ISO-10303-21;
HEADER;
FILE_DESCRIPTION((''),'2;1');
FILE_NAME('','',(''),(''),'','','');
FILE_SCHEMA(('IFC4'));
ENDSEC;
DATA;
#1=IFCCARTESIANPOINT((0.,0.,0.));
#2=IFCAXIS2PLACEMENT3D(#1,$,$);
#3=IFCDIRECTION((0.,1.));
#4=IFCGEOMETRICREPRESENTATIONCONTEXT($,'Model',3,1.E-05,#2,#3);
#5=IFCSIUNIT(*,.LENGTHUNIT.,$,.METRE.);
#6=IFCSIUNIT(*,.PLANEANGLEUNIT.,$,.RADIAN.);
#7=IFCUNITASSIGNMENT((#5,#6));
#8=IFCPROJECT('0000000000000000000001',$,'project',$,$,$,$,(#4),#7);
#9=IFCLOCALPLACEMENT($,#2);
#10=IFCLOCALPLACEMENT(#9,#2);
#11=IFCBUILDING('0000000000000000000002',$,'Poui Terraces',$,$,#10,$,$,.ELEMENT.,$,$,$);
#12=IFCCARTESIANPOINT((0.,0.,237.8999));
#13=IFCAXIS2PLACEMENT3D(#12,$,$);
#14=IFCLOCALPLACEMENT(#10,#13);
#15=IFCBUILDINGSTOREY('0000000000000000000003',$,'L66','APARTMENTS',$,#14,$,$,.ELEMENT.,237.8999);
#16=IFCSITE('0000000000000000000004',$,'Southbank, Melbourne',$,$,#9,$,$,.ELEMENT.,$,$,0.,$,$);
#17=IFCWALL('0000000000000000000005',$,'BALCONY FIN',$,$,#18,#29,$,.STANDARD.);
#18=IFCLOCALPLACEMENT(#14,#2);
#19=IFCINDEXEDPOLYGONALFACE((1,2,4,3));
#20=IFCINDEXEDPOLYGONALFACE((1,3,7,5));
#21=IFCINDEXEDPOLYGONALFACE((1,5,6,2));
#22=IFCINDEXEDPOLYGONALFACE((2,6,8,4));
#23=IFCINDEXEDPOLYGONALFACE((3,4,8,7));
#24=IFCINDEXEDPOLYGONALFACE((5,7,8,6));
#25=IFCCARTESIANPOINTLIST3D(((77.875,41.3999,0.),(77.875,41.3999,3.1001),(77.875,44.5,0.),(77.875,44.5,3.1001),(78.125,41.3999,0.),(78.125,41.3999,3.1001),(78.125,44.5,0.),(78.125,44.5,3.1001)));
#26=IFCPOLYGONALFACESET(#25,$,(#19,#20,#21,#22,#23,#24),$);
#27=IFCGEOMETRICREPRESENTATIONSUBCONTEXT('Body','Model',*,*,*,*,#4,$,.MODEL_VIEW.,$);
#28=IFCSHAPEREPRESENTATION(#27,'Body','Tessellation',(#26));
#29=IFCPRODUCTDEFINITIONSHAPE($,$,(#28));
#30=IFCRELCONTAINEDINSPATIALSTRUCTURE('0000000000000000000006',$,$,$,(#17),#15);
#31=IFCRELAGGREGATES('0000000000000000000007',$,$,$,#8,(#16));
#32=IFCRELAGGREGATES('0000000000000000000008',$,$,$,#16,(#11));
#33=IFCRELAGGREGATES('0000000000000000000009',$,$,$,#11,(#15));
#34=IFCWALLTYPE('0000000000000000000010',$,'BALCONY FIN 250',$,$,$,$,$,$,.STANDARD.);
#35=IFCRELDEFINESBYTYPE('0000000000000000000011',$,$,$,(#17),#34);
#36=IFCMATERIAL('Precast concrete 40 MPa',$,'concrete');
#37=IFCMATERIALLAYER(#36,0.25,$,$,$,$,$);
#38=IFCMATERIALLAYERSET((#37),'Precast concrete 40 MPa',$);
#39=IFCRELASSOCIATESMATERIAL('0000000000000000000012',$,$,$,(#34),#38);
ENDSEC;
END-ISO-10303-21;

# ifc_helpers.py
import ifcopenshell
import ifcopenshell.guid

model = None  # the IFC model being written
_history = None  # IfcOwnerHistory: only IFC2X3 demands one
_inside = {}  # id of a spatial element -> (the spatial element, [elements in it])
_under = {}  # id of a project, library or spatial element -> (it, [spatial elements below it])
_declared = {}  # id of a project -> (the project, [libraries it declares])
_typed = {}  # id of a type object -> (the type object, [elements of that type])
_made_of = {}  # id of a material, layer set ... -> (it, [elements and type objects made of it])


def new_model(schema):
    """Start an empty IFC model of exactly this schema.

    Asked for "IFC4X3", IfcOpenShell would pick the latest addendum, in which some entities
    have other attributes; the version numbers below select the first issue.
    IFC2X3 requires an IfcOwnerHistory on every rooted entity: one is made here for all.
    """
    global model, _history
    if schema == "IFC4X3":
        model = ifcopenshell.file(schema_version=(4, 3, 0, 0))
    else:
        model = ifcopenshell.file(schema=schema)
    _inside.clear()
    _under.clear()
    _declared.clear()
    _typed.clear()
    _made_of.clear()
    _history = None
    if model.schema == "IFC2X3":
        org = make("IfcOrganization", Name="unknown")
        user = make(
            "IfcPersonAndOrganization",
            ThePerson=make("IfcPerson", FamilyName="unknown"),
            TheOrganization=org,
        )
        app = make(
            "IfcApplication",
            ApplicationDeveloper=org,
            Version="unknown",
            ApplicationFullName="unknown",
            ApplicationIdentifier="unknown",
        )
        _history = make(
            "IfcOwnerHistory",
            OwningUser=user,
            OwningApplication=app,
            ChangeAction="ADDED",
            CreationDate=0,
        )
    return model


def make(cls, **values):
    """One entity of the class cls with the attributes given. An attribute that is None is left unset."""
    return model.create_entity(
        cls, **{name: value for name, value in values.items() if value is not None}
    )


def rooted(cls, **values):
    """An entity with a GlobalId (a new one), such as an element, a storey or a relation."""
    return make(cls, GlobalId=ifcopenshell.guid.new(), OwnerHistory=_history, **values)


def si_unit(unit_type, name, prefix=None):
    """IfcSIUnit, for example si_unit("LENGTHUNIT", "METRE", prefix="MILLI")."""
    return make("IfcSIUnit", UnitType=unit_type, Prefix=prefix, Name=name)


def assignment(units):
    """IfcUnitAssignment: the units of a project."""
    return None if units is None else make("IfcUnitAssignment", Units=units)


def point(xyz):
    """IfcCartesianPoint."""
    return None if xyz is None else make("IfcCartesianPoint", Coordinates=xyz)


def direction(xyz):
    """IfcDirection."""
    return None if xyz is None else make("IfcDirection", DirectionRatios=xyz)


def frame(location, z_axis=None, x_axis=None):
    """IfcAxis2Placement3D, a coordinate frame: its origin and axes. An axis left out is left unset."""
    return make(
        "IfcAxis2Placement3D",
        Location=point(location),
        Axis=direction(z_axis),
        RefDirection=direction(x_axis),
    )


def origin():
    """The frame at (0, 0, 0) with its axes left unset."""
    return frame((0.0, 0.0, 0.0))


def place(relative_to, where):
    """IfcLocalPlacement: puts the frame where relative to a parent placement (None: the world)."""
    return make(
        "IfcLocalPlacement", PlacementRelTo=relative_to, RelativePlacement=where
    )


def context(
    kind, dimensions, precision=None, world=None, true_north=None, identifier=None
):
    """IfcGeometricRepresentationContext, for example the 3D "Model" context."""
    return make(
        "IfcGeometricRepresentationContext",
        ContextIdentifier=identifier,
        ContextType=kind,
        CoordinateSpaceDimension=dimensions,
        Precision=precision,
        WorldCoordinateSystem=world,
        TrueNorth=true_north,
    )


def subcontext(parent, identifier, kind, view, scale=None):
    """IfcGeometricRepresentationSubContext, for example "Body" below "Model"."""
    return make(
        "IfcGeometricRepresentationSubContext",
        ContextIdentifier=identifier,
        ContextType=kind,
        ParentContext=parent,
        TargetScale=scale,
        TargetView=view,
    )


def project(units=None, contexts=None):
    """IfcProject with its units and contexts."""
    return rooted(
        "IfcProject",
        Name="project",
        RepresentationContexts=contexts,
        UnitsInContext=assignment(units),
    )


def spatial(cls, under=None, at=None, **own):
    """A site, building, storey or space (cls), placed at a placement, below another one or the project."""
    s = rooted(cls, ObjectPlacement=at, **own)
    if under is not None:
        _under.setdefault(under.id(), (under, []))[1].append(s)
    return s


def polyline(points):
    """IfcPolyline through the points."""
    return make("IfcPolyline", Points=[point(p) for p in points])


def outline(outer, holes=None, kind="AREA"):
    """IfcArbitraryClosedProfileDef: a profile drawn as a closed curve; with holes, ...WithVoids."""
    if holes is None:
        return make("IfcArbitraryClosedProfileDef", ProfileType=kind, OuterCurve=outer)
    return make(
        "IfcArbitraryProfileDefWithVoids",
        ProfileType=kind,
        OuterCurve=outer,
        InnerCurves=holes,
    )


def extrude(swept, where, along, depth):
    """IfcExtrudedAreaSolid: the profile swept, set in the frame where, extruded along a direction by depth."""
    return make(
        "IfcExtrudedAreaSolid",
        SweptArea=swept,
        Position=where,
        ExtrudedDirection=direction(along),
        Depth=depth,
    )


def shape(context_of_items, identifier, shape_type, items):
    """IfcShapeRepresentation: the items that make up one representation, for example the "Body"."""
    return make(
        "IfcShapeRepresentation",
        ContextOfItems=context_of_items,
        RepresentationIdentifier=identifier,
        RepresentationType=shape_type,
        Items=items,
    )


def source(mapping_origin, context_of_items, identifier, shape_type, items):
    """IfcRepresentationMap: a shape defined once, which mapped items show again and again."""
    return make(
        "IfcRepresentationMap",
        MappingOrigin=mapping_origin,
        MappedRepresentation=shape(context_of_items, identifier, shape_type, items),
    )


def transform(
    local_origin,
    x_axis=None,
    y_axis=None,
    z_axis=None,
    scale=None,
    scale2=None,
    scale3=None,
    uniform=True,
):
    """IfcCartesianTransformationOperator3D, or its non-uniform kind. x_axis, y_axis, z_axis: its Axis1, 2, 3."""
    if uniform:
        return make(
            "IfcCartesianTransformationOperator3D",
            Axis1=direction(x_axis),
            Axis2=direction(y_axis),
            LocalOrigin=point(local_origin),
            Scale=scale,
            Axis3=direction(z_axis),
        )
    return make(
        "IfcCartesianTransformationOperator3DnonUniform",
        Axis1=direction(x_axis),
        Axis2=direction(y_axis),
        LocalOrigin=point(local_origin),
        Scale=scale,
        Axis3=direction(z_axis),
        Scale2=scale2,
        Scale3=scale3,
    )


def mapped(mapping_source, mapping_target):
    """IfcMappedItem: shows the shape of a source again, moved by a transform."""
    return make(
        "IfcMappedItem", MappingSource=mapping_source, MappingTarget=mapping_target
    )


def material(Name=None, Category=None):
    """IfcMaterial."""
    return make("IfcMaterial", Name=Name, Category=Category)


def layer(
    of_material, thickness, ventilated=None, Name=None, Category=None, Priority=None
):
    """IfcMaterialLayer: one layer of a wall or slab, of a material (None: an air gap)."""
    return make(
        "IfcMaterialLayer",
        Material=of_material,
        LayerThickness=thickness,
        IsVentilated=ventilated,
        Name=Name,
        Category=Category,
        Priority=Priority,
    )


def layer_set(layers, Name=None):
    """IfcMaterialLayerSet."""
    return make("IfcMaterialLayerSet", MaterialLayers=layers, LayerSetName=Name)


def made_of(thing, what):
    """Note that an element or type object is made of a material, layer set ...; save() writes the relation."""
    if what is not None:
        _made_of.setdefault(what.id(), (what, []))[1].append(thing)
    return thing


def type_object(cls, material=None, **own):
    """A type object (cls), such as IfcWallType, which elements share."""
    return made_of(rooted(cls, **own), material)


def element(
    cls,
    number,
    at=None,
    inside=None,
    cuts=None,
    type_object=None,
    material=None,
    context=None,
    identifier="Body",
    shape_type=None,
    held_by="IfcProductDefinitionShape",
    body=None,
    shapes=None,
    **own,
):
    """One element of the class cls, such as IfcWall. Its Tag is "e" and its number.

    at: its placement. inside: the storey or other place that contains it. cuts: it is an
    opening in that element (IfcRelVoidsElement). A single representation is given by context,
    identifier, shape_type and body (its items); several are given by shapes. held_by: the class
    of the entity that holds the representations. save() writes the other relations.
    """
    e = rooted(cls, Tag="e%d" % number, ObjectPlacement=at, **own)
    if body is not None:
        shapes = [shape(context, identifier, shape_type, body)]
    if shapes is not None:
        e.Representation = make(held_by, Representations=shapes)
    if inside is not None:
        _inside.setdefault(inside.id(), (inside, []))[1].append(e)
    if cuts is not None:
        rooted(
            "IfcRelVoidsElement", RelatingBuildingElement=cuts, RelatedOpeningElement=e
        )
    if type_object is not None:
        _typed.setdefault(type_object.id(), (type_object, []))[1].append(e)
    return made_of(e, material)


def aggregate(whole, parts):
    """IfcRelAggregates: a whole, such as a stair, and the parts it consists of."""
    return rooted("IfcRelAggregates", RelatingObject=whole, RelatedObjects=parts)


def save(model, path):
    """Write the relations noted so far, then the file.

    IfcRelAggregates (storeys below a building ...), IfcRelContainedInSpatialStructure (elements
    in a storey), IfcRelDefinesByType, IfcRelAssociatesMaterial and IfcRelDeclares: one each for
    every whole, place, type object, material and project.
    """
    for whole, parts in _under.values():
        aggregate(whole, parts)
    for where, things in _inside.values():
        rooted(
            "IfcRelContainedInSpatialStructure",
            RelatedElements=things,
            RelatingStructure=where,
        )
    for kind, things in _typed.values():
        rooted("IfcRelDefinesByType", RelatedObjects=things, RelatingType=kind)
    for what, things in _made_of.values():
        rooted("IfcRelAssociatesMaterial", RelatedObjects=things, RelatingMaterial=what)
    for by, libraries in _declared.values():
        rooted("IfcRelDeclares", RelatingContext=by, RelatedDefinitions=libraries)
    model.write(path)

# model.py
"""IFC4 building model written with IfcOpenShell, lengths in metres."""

from ifc_helpers import new_model, si_unit, direction, frame, origin, place, context, subcontext, project, spatial, polyline, outline, extrude, source, transform, mapped, material, layer, layer_set, type_object, element, save


model = new_model("IFC4")

# Units and contexts
model_context = context("Model", 3, precision=1e-05, world=origin(), true_north=direction((0.0, 1.0)))
body_context = subcontext(model_context, "Body", "Model", "MODEL_VIEW")
ifc_project = project(units=[si_unit("LENGTHUNIT", "METRE"), si_unit("PLANEANGLEUNIT", "RADIAN")], contexts=[model_context])

# Site, building, storey
site_placement = place(None, origin())
site = spatial("IfcSite", under=ifc_project, at=site_placement, Name="Southbank, Melbourne", CompositionType="ELEMENT", RefElevation=0.0)
building_placement = place(site_placement, origin())
building = spatial("IfcBuilding", under=site, at=building_placement, Name="Poui Terraces", CompositionType="ELEMENT")
storey_placement = place(building_placement, frame((0.0, 0.0, 237.8999)))
storey = spatial("IfcBuildingStorey", under=building, at=storey_placement, Name="L66", Description="APARTMENTS", CompositionType="ELEMENT", Elevation=237.8999)

# Wall
ifc_material_1 = material(Name="Precast concrete 40 MPa", Category="concrete")
ifc_layer = layer(ifc_material_1, 0.25)
ifc_layer_set = layer_set([ifc_layer], Name="Precast concrete 40 MPa")
wall_type = type_object("IfcWallType", Name="BALCONY FIN 250", PredefinedType="STANDARD", material=ifc_layer_set)
shared_shape_1 = source(origin(), body_context, "Body", "SweptSolid", [
    extrude(outline(polyline([(0.0, 0.0), (0.25, 0.0), (0.25, 3.1001), (0.0, 3.1001), (0.0, 0.0)])), origin(), (0.0, 0.0, 1.0), 3.1001),
])
wall_placement = place(storey_placement, frame((77.875, 41.3999, 0.0)))
element("IfcWall", 1, at=wall_placement, inside=storey, type_object=wall_type, Name="BALCONY FIN", PredefinedType="STANDARD", context=body_context, shape_type="MappedRepresentation", body=[
    mapped(shared_shape_1, transform((0.0, 0.0, 0.0))),
])

save(model, "model.ifc")
